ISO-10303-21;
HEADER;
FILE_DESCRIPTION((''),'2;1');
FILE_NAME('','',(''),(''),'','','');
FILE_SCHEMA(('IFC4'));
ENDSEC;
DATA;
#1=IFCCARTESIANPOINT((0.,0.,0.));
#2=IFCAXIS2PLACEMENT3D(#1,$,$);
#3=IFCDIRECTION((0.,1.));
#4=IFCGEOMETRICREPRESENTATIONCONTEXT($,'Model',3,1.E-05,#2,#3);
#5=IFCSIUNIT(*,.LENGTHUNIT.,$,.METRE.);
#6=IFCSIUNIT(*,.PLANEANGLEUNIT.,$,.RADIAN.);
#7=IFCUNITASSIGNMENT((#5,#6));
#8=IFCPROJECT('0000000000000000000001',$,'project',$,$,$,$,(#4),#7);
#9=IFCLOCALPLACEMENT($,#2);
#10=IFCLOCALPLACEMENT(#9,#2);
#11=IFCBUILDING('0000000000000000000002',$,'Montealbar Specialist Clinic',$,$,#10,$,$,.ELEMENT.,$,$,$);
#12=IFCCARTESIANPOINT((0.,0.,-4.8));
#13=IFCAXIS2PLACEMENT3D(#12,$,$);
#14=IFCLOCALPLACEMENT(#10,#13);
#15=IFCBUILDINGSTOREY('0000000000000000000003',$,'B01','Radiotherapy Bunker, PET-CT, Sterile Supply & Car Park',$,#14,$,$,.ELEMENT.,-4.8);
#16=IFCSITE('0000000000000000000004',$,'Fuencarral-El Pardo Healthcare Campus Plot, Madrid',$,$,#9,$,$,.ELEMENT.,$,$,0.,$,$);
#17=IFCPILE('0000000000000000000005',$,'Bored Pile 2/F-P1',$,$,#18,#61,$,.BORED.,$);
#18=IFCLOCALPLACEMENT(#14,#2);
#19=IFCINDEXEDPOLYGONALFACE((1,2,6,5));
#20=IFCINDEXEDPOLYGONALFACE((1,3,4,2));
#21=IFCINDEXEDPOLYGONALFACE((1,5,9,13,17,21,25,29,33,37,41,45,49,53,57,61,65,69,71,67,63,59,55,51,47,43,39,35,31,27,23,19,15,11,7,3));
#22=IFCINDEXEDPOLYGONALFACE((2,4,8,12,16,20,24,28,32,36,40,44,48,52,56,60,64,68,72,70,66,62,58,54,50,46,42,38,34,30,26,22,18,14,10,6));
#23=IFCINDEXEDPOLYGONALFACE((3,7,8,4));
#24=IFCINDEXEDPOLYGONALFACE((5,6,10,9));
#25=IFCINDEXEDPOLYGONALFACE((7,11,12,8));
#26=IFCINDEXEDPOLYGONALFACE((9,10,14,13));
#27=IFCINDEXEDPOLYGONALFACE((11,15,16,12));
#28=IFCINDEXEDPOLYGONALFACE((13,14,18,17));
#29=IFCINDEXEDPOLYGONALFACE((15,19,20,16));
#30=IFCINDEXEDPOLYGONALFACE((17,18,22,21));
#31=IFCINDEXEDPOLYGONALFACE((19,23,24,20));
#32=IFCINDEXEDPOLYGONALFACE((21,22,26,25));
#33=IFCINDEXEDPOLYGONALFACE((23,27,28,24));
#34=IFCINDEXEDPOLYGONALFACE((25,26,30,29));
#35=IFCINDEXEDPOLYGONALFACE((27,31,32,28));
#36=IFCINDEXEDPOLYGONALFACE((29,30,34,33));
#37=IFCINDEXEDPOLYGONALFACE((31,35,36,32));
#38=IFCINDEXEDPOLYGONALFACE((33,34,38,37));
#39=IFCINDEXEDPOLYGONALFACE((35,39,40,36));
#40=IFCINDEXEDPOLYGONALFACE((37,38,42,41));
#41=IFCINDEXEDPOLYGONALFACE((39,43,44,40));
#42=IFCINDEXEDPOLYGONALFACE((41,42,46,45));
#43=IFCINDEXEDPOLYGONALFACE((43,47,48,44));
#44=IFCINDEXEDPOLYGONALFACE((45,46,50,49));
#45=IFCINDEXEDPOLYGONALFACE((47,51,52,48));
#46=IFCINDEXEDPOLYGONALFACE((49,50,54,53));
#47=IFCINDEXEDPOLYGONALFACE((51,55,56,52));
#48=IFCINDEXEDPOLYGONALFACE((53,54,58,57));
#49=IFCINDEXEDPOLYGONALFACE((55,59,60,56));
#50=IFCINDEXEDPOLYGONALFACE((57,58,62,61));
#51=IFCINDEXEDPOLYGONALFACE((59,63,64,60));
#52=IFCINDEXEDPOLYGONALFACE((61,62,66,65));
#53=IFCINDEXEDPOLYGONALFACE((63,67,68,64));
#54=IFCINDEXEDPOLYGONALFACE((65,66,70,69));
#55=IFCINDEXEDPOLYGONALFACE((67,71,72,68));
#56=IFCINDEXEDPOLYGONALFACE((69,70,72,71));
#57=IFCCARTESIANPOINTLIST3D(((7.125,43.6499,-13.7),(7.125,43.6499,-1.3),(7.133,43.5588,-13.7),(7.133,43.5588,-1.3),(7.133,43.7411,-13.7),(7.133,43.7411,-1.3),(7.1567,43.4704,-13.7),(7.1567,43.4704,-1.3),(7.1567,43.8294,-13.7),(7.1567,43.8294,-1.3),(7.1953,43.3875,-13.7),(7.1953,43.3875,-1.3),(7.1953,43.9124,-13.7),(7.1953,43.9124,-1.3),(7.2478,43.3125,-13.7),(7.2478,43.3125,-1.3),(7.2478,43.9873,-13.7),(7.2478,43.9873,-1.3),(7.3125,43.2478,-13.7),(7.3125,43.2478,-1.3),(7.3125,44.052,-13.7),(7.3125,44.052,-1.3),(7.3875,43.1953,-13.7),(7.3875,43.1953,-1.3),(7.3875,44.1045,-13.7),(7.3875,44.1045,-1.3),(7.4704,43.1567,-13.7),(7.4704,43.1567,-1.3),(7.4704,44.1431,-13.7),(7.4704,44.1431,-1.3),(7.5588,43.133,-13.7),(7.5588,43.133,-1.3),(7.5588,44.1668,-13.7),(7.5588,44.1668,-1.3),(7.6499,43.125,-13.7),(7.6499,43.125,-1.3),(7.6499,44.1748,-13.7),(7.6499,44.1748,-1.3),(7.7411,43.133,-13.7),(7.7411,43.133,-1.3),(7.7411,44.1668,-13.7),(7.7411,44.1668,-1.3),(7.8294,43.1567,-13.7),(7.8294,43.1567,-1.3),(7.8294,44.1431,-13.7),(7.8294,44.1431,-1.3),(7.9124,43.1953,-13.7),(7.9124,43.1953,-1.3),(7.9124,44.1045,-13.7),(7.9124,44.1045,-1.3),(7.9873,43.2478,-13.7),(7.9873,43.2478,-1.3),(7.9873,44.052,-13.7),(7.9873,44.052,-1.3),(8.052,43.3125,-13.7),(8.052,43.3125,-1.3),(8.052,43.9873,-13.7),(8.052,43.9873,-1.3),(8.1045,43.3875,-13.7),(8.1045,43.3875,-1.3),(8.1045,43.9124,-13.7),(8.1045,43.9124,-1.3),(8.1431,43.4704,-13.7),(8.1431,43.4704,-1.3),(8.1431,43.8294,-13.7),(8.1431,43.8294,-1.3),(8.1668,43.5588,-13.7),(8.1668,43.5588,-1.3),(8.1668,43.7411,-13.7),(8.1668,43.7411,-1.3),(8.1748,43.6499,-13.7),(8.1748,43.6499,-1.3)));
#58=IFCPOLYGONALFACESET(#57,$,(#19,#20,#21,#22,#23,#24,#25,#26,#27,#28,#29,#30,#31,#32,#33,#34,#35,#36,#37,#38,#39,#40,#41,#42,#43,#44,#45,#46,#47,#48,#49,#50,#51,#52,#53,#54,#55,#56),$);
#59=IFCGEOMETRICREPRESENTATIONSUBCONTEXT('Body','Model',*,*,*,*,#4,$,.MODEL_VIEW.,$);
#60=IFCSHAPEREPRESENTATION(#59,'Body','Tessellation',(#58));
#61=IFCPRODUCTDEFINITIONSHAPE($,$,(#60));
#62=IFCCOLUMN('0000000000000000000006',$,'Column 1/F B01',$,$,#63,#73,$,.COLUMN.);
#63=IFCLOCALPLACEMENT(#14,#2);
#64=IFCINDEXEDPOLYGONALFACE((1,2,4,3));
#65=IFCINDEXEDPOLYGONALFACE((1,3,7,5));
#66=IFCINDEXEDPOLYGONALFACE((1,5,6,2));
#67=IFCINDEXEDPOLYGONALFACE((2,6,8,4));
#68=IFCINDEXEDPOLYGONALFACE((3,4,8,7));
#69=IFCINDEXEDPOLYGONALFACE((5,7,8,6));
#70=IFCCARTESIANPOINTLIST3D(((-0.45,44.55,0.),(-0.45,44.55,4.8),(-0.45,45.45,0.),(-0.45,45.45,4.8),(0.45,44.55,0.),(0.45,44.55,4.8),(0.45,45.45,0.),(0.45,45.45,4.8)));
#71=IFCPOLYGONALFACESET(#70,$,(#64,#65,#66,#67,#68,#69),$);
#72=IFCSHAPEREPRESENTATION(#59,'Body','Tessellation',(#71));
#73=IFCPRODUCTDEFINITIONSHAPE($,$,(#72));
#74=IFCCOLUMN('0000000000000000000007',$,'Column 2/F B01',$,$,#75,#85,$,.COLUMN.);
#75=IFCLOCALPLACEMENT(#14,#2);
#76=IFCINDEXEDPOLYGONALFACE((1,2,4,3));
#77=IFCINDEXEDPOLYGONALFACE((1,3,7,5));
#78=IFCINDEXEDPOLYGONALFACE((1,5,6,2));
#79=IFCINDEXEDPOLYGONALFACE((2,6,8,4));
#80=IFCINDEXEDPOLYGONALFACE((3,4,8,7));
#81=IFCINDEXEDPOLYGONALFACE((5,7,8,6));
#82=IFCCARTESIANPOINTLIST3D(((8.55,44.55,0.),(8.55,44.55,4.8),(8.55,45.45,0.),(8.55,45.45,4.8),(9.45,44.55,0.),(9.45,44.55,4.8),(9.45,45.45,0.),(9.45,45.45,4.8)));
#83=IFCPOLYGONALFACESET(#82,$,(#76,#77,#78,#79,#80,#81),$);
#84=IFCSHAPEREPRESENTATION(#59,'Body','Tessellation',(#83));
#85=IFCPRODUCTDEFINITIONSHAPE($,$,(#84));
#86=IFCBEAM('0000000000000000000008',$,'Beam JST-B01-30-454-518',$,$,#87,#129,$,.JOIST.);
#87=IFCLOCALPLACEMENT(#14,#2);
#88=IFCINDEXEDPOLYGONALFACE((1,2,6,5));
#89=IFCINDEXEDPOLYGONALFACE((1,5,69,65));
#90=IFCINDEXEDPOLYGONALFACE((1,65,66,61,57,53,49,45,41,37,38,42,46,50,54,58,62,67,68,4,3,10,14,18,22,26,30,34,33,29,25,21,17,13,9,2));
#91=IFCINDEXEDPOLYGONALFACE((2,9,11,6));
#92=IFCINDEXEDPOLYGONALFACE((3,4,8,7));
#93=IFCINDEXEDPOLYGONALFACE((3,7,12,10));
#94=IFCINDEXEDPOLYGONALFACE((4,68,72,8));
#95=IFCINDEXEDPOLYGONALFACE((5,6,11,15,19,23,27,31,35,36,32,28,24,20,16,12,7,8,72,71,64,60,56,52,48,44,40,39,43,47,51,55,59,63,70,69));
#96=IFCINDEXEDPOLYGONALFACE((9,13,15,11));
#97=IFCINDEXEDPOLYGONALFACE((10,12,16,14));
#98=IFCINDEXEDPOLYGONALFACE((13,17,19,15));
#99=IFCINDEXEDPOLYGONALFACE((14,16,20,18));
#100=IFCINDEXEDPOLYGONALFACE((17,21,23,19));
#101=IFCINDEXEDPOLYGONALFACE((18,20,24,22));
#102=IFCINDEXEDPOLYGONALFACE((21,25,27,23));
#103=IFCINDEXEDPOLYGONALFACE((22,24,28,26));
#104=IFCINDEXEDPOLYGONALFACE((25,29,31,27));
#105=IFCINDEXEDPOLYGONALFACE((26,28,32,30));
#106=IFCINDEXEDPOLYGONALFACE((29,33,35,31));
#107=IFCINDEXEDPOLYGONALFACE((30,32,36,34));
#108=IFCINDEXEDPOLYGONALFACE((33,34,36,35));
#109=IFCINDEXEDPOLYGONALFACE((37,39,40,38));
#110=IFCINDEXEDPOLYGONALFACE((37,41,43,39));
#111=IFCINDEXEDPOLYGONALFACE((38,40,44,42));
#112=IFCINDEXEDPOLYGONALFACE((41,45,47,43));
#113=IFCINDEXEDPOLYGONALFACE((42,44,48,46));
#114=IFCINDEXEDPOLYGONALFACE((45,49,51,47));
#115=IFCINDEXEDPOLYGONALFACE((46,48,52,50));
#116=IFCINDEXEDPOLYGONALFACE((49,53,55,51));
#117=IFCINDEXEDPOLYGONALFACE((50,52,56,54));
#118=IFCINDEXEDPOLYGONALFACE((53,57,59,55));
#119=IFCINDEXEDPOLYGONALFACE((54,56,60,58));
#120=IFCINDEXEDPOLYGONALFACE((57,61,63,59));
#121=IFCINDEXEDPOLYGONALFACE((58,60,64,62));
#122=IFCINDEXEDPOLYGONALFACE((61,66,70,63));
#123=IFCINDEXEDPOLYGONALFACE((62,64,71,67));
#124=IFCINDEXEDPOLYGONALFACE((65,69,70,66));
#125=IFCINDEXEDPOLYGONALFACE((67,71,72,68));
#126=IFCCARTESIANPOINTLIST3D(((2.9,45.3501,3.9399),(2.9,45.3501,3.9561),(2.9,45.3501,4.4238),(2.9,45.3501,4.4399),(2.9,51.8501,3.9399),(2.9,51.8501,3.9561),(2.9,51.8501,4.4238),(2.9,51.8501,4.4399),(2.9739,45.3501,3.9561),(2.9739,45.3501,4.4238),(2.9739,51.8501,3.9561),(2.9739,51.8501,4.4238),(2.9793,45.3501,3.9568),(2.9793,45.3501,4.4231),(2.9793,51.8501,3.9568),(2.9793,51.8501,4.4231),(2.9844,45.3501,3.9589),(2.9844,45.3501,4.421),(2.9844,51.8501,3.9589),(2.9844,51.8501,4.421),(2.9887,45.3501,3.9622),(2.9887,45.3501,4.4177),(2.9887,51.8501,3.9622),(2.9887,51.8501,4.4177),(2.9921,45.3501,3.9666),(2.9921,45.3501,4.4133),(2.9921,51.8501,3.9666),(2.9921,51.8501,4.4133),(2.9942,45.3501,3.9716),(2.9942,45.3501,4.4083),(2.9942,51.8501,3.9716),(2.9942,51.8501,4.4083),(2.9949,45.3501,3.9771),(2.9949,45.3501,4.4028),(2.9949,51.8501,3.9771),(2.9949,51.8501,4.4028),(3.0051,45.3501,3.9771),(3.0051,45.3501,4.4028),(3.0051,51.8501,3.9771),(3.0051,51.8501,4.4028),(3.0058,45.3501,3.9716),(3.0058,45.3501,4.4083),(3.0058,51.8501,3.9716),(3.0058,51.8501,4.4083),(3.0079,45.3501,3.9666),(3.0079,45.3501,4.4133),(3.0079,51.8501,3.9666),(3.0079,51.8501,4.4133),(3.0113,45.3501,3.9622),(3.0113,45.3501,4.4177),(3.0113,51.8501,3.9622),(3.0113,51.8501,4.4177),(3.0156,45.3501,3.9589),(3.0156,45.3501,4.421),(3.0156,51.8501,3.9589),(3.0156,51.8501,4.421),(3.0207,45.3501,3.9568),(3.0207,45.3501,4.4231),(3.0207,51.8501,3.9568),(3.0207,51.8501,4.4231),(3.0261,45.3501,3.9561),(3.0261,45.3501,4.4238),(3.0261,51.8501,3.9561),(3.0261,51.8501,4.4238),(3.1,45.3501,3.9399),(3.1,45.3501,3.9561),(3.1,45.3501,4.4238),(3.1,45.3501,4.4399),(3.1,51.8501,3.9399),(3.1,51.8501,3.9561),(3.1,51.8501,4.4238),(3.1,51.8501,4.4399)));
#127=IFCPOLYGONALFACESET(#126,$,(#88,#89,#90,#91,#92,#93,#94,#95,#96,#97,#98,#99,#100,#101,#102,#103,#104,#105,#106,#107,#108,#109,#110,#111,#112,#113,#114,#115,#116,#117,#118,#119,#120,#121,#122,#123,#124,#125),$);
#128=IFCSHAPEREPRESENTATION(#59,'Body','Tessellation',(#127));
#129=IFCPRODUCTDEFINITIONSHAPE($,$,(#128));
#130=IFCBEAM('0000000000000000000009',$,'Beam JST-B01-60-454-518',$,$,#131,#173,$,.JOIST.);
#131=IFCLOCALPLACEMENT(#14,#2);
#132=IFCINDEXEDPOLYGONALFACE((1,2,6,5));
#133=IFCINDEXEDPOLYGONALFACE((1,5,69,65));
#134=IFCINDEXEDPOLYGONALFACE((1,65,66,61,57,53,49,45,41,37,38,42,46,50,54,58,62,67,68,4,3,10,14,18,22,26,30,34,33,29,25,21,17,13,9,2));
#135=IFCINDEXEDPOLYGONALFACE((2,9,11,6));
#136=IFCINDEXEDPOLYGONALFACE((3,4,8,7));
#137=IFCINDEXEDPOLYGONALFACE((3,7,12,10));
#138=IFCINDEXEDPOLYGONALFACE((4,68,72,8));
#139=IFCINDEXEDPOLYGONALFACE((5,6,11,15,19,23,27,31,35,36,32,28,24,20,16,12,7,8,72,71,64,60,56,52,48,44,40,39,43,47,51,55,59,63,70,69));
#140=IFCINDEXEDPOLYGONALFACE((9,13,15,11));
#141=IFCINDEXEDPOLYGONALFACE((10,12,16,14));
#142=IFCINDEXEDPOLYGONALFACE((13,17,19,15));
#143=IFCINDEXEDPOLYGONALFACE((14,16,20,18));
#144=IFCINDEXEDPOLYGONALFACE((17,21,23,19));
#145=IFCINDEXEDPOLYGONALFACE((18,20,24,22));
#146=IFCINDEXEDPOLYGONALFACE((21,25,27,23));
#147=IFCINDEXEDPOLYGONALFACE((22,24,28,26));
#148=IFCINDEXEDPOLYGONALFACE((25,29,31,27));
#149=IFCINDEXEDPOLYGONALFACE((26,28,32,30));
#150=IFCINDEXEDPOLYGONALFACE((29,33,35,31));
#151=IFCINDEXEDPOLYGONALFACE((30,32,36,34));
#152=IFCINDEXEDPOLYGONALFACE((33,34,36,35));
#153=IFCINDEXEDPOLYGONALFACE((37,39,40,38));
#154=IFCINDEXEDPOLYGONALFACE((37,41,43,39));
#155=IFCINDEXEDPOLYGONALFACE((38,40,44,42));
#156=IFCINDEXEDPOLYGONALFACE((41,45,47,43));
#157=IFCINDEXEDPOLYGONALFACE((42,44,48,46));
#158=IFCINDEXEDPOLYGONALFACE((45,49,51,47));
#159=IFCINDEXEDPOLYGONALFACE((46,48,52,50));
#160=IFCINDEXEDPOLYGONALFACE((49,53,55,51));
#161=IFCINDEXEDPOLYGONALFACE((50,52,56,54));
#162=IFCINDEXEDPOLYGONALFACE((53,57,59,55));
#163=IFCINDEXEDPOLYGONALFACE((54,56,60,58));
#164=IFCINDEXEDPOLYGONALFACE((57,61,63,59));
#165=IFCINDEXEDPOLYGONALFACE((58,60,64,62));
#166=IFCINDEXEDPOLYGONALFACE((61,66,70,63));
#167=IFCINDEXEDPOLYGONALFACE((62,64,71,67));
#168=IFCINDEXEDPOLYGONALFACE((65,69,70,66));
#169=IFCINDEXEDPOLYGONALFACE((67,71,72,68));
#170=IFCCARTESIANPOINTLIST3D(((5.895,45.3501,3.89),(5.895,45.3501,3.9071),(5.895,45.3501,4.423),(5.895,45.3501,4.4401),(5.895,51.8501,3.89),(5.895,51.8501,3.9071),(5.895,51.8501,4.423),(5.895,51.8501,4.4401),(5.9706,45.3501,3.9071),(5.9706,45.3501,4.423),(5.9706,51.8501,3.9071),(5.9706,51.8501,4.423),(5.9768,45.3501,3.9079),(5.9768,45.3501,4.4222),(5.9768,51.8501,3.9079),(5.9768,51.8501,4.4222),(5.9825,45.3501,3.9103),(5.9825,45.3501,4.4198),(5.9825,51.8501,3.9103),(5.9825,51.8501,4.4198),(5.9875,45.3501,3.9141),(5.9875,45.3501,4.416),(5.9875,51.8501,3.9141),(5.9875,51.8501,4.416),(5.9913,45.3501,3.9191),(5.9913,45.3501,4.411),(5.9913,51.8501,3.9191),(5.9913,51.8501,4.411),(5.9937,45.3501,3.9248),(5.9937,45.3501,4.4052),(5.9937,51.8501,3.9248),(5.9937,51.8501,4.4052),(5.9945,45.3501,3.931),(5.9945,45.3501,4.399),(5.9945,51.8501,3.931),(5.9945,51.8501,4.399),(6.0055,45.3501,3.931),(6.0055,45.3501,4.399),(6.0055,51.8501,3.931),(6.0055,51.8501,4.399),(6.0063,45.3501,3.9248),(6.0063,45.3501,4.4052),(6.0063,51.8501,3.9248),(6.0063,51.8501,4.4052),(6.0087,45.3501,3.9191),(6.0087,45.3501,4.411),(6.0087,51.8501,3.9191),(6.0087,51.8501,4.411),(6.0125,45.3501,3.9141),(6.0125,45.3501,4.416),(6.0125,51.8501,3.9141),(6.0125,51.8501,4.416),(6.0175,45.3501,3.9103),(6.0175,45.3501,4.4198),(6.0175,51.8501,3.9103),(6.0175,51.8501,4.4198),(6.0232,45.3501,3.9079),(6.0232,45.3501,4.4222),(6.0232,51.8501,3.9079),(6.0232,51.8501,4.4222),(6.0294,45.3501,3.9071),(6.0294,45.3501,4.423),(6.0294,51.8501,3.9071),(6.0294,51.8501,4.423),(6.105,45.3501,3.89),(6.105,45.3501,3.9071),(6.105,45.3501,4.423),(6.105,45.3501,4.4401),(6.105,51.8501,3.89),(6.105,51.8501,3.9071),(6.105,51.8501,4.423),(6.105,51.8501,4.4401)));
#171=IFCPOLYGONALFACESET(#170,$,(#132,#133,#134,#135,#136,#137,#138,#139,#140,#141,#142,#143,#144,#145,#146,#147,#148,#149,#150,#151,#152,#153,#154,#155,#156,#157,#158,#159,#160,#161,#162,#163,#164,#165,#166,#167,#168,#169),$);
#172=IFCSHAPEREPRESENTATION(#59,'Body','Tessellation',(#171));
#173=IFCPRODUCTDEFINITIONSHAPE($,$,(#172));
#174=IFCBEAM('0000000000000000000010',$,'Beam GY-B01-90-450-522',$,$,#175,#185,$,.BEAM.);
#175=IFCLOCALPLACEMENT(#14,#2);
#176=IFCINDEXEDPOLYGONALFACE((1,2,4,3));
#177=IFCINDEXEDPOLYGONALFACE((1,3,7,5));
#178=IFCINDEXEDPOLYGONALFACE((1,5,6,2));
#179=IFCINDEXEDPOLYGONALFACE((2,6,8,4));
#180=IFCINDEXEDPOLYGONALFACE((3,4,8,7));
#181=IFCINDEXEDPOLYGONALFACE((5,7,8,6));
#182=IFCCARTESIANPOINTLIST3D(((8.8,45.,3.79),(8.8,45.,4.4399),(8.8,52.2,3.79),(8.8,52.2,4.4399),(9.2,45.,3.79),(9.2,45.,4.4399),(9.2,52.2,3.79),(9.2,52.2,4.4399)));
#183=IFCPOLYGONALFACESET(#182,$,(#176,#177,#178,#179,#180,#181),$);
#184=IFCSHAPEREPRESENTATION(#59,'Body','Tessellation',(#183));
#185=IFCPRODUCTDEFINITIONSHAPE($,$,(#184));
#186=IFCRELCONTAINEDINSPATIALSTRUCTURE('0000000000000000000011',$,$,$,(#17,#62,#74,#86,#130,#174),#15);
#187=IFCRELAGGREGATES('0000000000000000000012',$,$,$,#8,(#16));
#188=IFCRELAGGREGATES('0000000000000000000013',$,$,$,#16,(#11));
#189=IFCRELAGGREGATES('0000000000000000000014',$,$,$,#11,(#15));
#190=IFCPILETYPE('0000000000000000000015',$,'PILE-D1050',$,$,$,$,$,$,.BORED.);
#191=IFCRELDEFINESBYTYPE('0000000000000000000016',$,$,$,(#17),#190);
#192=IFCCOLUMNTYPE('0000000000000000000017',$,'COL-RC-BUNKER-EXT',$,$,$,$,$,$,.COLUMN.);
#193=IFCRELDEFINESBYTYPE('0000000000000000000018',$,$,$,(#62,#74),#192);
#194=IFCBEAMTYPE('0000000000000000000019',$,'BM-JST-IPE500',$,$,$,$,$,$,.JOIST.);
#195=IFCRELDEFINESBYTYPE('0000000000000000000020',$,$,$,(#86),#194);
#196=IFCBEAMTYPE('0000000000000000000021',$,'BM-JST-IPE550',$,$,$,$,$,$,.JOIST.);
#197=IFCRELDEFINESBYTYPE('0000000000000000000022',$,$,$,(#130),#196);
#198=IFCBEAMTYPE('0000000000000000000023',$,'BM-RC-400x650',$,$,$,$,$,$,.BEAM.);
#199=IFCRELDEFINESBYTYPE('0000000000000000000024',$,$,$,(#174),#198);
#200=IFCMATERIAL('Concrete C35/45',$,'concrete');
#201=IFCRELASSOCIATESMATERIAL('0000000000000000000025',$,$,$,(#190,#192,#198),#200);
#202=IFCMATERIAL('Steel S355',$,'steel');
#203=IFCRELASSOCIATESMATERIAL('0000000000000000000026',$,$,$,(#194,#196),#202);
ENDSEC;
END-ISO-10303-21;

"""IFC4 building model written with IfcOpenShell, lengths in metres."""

from ifc_helpers import new_model, si_unit, direction, frame, origin, origin_2d, place, context, subcontext, project, spatial, rectangle, circle, i_section, extrude, material, material_profile, profile_set, type_object, element, save


model = new_model("IFC4")

# Units and contexts
model_context = context("Model", 3, precision=1e-05, world=origin(), true_north=direction((0.0, 1.0)))
body_context = subcontext(model_context, "Body", "Model", "MODEL_VIEW")
ifc_project = project(units=[si_unit("LENGTHUNIT", "METRE"), si_unit("PLANEANGLEUNIT", "RADIAN")], contexts=[model_context])

# Site, building, storey
site_placement = place(None, origin())
site = spatial("IfcSite", under=ifc_project, at=site_placement, Name="Fuencarral-El Pardo Healthcare Campus Plot, Madrid", CompositionType="ELEMENT", RefElevation=0.0)
building_placement = place(site_placement, origin())
building = spatial("IfcBuilding", under=site, at=building_placement, Name="Montealbar Specialist Clinic", CompositionType="ELEMENT")
storey_placement = place(building_placement, frame((0.0, 0.0, -4.8)))
storey = spatial("IfcBuildingStorey", under=building, at=storey_placement, Name="B01", Description="Radiotherapy Bunker, PET-CT, Sterile Supply & Car Park", CompositionType="ELEMENT", Elevation=-4.8)

# Shared definitions
ifc_material_1 = material(Name="Concrete C35/45", Category="concrete")

# Pile
ifc_material_profile_1 = material_profile(ifc_material_1, circle(Radius=0.5249, at=origin_2d()), Name="PILE D1050", Category="concrete")
ifc_profile_set_1 = profile_set([ifc_material_profile_1], Name="Concrete C35/45")
pile_type = type_object("IfcPileType", Name="PILE-D1050", PredefinedType="BORED", material=ifc_profile_set_1)
for number, where, z_axis, x_axis, name in (
    (1, (7.6499, 43.6499, -1.3), (0.0, 0.0, -1.0), (1.0, 0.0, 0.0), "Bored Pile 2/F-P1"),
):
    element("IfcPile", number, at=place(storey_placement, frame(where, z_axis=z_axis, x_axis=x_axis)), inside=storey, type_object=pile_type, Name=name, PredefinedType="BORED", context=body_context, shape_type="SweptSolid", body=[
        extrude(circle(Radius=0.5249, at=origin_2d()), origin(), (0.0, 0.0, 1.0), 12.3999),
    ])

# Columns
ifc_material_profile_2 = material_profile(ifc_material_1, rectangle(XDim=0.8999, YDim=0.8999, at=origin_2d()), Name="RC 900x900", Category="concrete")
ifc_profile_set_2 = profile_set([ifc_material_profile_2], Name="Concrete C35/45")
column_type = type_object("IfcColumnType", Name="COL-RC-BUNKER-EXT", PredefinedType="COLUMN", material=ifc_profile_set_2)
for number, where, z_axis, x_axis, name in (
    (2, (0.0, 45.0, 0.0), (0.0, 0.0, 1.0), (1.0, 0.0, 0.0), "Column 1/F B01"),
    (3, (9.0, 45.0, 0.0), (0.0, 0.0, 1.0), (1.0, 0.0, 0.0), "Column 2/F B01"),
):
    element("IfcColumn", number, at=place(storey_placement, frame(where, z_axis=z_axis, x_axis=x_axis)), inside=storey, type_object=column_type, Name=name, PredefinedType="COLUMN", context=body_context, shape_type="SweptSolid", body=[
        extrude(rectangle(XDim=0.8999, YDim=0.8999, at=origin_2d()), origin(), (0.0, 0.0, 1.0), 4.8),
    ])

# Beams
ifc_material_2 = material(Name="Steel S355", Category="steel")
ifc_material_profile_3 = material_profile(ifc_material_2, i_section(OverallWidth=0.2, OverallDepth=0.5, WebThickness=0.0103, FlangeThickness=0.0161, FilletRadius=0.021, at=origin_2d()), Name="IPE 500", Category="steel")
ifc_profile_set_3 = profile_set([ifc_material_profile_3], Name="Steel S355")
beam_type_1 = type_object("IfcBeamType", Name="BM-JST-IPE500", PredefinedType="JOIST", material=ifc_profile_set_3)
beam_1_placement = place(storey_placement, frame((3.0, 45.3501, 4.1899), z_axis=(0.0, 1.0, 0.0), x_axis=(-1.0, 0.0, 0.0)))
element("IfcBeam", 4, at=beam_1_placement, inside=storey, type_object=beam_type_1, Name="Beam JST-B01-30-454-518", PredefinedType="JOIST", context=body_context, shape_type="SweptSolid", body=[
    extrude(i_section(OverallWidth=0.2, OverallDepth=0.5, WebThickness=0.0103, FlangeThickness=0.0161, FilletRadius=0.021, at=origin_2d()), origin(), (0.0, 0.0, 1.0), 6.5),
])
ifc_material_profile_4 = material_profile(ifc_material_2, i_section(OverallWidth=0.21, OverallDepth=0.55, WebThickness=0.011, FlangeThickness=0.0171, FilletRadius=0.0239, at=origin_2d()), Name="IPE 550", Category="steel")
ifc_profile_set_4 = profile_set([ifc_material_profile_4], Name="Steel S355")
beam_type_2 = type_object("IfcBeamType", Name="BM-JST-IPE550", PredefinedType="JOIST", material=ifc_profile_set_4)
beam_2_placement = place(storey_placement, frame((6.0, 45.3501, 4.165), z_axis=(0.0, 1.0, 0.0), x_axis=(-1.0, 0.0, 0.0)))
element("IfcBeam", 5, at=beam_2_placement, inside=storey, type_object=beam_type_2, Name="Beam JST-B01-60-454-518", PredefinedType="JOIST", context=body_context, shape_type="SweptSolid", body=[
    extrude(i_section(OverallWidth=0.21, OverallDepth=0.55, WebThickness=0.011, FlangeThickness=0.0171, FilletRadius=0.0239, at=origin_2d()), origin(), (0.0, 0.0, 1.0), 6.5),
])
ifc_material_profile_5 = material_profile(ifc_material_1, rectangle(XDim=0.3999, YDim=0.6499, at=origin_2d()), Name="RC 400x650", Category="concrete")
ifc_profile_set_5 = profile_set([ifc_material_profile_5], Name="Concrete C35/45")
beam_type_3 = type_object("IfcBeamType", Name="BM-RC-400x650", PredefinedType="BEAM", material=ifc_profile_set_5)
beam_3_placement = place(storey_placement, frame((9.0, 45.0, 4.115), z_axis=(0.0, 1.0, 0.0), x_axis=(-1.0, 0.0, 0.0)))
element("IfcBeam", 6, at=beam_3_placement, inside=storey, type_object=beam_type_3, Name="Beam GY-B01-90-450-522", PredefinedType="BEAM", context=body_context, shape_type="SweptSolid", body=[
    extrude(rectangle(XDim=0.3999, YDim=0.6499, at=origin_2d()), origin(), (0.0, 0.0, 1.0), 7.2),
])

save(model, "model.ifc")
